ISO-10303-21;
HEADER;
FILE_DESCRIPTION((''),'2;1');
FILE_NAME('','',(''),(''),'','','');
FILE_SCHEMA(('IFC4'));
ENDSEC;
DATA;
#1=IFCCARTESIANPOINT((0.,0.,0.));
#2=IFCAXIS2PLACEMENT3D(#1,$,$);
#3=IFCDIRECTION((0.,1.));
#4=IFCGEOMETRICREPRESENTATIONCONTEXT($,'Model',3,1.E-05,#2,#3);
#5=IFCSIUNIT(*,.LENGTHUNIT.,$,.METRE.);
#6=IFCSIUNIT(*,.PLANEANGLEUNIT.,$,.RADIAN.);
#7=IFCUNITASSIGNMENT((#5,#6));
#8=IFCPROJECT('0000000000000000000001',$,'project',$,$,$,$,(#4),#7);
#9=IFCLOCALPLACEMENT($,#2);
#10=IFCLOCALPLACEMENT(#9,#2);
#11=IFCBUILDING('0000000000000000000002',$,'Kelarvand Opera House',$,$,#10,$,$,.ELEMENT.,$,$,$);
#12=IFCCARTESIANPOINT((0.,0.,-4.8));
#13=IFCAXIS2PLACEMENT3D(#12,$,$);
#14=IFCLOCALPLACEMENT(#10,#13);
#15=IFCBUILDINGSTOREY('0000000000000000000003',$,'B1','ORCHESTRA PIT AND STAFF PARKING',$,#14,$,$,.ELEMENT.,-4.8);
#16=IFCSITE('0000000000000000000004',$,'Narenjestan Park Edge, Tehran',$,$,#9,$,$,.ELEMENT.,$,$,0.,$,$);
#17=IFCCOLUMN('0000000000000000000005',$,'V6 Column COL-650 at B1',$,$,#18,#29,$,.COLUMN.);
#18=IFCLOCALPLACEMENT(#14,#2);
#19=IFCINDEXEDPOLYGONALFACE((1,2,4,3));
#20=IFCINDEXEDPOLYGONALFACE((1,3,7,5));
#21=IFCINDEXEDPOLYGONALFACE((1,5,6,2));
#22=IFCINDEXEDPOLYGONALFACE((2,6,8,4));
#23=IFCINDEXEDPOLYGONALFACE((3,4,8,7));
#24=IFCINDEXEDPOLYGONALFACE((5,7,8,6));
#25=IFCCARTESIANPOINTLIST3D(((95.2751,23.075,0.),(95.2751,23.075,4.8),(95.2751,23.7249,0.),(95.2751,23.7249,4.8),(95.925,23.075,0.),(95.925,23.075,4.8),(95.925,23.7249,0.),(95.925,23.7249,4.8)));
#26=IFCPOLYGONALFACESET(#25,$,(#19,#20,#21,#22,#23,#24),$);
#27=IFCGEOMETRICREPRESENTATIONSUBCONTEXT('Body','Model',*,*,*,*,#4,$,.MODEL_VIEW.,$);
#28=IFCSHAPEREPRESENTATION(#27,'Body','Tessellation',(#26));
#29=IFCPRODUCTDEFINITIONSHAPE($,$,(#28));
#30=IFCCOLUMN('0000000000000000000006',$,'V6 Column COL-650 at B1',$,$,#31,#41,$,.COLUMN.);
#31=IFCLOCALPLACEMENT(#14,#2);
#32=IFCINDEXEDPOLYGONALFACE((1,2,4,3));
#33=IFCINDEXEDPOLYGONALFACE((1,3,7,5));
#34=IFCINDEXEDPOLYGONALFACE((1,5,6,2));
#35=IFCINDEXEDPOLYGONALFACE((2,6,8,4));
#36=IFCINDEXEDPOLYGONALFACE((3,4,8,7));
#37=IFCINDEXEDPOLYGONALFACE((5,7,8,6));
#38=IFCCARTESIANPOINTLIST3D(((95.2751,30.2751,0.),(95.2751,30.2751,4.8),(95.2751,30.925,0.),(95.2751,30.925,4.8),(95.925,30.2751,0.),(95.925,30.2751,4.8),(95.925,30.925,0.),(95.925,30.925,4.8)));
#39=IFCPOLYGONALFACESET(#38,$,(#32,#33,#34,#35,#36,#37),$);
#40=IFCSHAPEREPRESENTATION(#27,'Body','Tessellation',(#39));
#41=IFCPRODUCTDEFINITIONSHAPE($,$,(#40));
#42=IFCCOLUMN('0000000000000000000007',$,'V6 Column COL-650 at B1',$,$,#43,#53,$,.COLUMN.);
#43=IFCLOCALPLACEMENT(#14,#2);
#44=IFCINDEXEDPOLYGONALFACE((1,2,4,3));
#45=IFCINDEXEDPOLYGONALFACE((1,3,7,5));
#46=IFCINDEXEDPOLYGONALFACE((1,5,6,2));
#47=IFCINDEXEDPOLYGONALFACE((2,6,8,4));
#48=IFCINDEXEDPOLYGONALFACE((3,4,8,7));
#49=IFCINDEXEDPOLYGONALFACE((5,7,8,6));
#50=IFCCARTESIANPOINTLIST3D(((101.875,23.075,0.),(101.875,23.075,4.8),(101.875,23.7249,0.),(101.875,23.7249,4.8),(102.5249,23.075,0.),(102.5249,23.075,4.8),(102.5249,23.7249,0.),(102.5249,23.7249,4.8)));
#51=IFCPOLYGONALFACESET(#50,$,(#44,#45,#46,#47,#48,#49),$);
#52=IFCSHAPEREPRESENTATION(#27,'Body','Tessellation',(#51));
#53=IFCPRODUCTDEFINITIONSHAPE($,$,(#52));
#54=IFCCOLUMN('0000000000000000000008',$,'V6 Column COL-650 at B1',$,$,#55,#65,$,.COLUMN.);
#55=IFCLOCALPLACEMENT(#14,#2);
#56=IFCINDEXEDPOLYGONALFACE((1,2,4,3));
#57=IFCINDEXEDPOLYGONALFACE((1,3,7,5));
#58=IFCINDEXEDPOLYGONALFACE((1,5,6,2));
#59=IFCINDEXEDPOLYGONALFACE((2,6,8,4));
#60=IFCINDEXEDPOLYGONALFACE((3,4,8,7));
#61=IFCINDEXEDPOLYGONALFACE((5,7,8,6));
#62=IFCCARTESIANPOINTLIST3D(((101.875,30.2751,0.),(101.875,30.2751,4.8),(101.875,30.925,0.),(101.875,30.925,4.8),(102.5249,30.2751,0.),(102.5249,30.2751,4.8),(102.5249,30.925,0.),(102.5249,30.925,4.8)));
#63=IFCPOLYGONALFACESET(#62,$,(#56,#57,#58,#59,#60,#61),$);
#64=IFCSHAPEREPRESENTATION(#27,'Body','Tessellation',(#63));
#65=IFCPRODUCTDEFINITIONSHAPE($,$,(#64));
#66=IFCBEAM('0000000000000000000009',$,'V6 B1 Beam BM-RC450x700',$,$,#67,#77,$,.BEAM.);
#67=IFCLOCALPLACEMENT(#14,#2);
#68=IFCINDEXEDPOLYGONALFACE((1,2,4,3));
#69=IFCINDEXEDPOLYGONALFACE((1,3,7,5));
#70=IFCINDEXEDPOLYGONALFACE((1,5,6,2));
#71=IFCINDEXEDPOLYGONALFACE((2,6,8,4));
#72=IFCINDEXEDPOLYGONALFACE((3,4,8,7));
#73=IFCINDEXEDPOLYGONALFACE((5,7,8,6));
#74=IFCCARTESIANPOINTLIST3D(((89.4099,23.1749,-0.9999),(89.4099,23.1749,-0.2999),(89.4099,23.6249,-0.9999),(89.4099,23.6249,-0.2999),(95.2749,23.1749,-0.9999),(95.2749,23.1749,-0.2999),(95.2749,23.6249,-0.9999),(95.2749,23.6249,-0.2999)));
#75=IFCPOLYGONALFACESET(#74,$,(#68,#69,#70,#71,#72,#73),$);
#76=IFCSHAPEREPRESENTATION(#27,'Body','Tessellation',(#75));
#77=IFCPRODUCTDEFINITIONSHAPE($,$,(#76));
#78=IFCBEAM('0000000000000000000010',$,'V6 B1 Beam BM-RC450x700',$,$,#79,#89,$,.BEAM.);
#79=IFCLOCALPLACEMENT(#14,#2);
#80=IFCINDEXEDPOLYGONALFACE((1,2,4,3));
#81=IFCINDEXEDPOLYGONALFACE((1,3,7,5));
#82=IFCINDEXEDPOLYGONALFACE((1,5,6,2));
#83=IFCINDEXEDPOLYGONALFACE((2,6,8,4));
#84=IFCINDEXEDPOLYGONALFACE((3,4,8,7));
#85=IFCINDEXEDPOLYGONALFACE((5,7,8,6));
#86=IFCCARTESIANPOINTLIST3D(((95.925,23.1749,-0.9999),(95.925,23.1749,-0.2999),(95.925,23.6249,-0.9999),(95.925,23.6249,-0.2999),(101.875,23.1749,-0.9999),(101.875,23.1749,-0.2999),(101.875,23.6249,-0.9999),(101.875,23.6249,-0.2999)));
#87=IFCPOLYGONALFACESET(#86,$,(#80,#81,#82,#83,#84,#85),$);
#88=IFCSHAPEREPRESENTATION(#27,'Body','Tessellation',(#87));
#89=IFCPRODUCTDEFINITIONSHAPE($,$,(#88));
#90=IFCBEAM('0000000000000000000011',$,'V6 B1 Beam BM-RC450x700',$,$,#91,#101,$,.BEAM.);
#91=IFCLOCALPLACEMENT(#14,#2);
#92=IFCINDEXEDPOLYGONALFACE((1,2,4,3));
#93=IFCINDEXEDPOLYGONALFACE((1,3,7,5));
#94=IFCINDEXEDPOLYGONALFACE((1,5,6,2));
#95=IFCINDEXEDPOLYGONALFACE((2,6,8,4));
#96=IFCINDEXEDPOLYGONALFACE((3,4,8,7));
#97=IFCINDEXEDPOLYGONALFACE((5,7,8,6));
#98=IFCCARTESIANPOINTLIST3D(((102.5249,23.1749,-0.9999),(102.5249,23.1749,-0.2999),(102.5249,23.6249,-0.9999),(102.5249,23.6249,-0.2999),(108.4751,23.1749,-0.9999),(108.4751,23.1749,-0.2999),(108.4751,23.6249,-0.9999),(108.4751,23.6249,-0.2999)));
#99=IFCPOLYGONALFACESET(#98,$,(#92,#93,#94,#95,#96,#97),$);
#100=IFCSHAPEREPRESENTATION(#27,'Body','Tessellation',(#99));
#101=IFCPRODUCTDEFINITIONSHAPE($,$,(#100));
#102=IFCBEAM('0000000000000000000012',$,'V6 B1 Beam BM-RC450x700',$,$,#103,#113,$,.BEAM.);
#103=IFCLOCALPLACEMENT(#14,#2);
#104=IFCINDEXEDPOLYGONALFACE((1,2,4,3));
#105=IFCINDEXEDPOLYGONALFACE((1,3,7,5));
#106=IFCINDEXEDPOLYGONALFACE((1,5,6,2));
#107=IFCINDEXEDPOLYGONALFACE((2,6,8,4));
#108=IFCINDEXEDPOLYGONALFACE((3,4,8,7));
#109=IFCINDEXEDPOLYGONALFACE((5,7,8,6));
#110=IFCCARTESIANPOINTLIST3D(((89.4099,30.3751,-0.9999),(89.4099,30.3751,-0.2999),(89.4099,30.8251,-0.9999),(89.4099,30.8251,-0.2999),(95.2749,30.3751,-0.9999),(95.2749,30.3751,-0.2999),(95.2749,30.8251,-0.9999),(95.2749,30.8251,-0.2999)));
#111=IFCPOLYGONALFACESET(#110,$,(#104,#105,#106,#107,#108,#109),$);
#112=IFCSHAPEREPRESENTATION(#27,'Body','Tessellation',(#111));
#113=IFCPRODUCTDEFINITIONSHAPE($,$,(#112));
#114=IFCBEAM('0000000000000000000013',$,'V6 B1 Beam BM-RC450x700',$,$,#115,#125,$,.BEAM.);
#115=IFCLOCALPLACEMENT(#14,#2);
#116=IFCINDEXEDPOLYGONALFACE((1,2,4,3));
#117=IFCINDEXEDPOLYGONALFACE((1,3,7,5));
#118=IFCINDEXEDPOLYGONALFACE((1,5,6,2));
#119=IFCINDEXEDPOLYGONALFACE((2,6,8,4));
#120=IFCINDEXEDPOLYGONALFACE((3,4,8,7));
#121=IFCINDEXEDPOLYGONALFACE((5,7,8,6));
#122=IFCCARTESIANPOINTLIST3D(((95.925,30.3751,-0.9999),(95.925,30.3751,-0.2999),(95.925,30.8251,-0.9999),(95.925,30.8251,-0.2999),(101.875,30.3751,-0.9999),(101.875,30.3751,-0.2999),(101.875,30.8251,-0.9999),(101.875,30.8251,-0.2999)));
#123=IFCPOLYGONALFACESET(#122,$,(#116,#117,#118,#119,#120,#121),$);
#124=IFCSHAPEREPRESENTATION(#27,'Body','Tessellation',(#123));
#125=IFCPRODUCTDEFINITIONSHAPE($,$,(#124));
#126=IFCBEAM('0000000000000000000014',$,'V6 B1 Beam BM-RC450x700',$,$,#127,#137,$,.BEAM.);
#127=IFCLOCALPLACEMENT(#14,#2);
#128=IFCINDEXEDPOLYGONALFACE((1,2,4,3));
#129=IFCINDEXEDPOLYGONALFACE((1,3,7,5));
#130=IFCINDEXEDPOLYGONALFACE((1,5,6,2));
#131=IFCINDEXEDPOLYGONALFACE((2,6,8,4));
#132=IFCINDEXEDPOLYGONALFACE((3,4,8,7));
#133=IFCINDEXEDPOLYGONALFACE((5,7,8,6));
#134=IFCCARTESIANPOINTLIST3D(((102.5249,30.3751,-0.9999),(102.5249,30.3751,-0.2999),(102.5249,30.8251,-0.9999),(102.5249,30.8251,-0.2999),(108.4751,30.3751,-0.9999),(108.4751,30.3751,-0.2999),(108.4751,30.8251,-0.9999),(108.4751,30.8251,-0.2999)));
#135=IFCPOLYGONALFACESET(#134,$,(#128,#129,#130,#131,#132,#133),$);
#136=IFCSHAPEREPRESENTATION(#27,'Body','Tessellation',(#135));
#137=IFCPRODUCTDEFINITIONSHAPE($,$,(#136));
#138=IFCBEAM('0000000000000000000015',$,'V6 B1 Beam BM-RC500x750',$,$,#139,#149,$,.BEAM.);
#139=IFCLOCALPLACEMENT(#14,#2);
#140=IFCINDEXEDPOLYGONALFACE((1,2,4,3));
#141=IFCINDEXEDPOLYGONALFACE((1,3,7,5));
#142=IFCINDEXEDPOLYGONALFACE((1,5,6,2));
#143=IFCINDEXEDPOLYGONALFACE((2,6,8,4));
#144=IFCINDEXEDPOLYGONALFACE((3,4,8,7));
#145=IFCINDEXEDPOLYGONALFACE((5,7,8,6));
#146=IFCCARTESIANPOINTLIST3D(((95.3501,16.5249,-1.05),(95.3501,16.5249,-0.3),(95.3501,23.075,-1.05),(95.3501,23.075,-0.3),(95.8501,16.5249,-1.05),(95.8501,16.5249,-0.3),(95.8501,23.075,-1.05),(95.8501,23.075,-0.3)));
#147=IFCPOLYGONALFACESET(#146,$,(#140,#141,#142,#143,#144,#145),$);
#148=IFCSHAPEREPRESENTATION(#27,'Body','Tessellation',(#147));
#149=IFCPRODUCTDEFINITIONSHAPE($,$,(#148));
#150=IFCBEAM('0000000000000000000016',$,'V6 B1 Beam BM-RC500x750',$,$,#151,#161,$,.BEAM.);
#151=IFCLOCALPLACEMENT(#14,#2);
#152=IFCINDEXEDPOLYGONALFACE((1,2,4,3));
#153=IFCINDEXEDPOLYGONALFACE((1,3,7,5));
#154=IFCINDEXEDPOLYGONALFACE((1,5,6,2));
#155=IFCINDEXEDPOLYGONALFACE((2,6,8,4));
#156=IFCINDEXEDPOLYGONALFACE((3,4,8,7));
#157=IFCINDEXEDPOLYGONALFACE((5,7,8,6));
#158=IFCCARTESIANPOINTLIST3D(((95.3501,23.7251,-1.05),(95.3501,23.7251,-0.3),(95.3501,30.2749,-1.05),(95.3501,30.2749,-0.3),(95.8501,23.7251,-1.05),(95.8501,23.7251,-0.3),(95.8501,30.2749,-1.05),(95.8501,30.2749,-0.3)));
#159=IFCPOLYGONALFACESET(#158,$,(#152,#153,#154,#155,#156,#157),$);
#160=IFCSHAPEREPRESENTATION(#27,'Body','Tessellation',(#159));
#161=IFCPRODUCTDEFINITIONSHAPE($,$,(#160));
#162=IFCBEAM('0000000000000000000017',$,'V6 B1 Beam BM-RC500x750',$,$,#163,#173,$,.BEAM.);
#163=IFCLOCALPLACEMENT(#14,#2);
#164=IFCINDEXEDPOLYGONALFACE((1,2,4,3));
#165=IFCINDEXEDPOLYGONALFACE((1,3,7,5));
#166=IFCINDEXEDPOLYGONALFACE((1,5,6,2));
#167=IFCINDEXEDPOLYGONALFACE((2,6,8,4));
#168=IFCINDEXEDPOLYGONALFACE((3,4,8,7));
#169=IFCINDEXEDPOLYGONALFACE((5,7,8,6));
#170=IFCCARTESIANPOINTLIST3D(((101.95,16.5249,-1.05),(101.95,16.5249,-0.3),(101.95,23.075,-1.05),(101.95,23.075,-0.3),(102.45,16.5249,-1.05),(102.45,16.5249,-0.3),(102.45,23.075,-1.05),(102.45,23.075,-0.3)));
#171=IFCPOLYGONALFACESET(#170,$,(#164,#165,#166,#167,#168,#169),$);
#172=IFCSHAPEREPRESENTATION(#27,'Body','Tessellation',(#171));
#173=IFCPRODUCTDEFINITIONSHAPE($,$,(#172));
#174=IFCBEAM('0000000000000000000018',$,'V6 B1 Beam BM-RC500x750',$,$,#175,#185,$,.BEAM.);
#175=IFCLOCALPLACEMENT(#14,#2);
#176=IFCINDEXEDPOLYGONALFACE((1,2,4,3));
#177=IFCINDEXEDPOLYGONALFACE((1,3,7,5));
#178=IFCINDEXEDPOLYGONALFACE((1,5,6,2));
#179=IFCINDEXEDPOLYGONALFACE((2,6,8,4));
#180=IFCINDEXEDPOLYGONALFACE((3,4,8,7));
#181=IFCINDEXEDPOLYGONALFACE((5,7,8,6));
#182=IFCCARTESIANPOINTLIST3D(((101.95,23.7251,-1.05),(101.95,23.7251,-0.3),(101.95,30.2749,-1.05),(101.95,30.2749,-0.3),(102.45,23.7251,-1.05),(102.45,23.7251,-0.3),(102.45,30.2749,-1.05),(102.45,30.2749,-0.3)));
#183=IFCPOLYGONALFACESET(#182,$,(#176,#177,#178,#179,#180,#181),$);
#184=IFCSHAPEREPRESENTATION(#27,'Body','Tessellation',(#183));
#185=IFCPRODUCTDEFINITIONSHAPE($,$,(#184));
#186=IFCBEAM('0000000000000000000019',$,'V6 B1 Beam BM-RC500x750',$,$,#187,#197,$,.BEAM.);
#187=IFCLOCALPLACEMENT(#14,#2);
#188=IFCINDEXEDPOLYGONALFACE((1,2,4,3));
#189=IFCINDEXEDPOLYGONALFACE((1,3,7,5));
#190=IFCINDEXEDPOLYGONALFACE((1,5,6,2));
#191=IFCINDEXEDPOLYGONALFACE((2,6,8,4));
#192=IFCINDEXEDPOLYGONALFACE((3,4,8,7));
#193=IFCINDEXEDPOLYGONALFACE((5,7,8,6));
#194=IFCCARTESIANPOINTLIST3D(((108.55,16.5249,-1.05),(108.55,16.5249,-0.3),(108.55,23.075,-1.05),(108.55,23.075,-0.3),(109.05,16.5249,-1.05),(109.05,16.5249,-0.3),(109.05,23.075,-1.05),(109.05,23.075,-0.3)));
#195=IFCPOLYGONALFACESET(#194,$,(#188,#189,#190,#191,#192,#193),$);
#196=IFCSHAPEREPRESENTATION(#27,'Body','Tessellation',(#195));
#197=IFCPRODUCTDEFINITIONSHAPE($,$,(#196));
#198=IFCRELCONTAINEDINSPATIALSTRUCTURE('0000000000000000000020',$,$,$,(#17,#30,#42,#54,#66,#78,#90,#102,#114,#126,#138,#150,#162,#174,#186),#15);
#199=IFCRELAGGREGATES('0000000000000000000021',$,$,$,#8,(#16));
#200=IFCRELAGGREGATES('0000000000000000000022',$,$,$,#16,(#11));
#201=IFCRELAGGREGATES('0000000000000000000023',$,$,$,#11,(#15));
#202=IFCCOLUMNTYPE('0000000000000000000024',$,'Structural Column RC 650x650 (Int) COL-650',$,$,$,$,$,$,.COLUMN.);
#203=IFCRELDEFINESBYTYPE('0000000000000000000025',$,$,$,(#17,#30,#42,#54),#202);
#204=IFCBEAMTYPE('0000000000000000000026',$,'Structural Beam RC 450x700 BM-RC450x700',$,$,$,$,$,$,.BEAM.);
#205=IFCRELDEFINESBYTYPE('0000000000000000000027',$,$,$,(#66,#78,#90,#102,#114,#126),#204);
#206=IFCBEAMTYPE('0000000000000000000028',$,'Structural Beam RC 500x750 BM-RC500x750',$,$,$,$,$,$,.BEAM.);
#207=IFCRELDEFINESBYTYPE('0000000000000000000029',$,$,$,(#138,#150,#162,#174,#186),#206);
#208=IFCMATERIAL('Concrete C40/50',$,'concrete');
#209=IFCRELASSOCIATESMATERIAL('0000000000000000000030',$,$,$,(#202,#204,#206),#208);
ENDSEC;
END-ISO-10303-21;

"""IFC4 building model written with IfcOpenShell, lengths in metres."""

from ifc_helpers import new_model, si_unit, direction, frame, origin, origin_2d, place, context, subcontext, project, spatial, rectangle, extrude, material, material_profile, profile_set, type_object, element, save


model = new_model("IFC4")

# Units and contexts
model_context = context("Model", 3, precision=1e-05, world=origin(), true_north=direction((0.0, 1.0)))
body_context = subcontext(model_context, "Body", "Model", "MODEL_VIEW")
ifc_project = project(units=[si_unit("LENGTHUNIT", "METRE"), si_unit("PLANEANGLEUNIT", "RADIAN")], contexts=[model_context])

# Site, building, storey
site_placement = place(None, origin())
site = spatial("IfcSite", under=ifc_project, at=site_placement, Name="Narenjestan Park Edge, Tehran", CompositionType="ELEMENT", RefElevation=0.0)
building_placement = place(site_placement, origin())
building = spatial("IfcBuilding", under=site, at=building_placement, Name="Kelarvand Opera House", CompositionType="ELEMENT")
storey_placement = place(building_placement, frame((0.0, 0.0, -4.8)))
storey = spatial("IfcBuildingStorey", under=building, at=storey_placement, Name="B1", Description="ORCHESTRA PIT AND STAFF PARKING", CompositionType="ELEMENT", Elevation=-4.8)

# Columns
ifc_material_1 = material(Name="Concrete C40/50", Category="concrete")
ifc_material_profile_1 = material_profile(ifc_material_1, rectangle(XDim=0.6499, YDim=0.6499, at=origin_2d()), Name="RC 650x650", Category="concrete")
ifc_profile_set_1 = profile_set([ifc_material_profile_1], Name="Concrete C40/50")
column_type = type_object("IfcColumnType", Name="Structural Column RC 650x650 (Int) COL-650", PredefinedType="COLUMN", material=ifc_profile_set_1)
for number, where, z_axis, x_axis, name in (
    (1, (95.6001, 23.3999, 0.0), (0.0, 0.0, 1.0), (1.0, 0.0, 0.0), "V6 Column COL-650 at B1"),
    (2, (95.6001, 30.6001, 0.0), (0.0, 0.0, 1.0), (1.0, 0.0, 0.0), "V6 Column COL-650 at B1"),
    (3, (102.2, 23.3999, 0.0), (0.0, 0.0, 1.0), (1.0, 0.0, 0.0), "V6 Column COL-650 at B1"),
    (4, (102.2, 30.6001, 0.0), (0.0, 0.0, 1.0), (1.0, 0.0, 0.0), "V6 Column COL-650 at B1"),
):
    element("IfcColumn", number, at=place(storey_placement, frame(where, z_axis=z_axis, x_axis=x_axis)), inside=storey, type_object=column_type, Name=name, PredefinedType="COLUMN", context=body_context, shape_type="SweptSolid", body=[
        extrude(rectangle(XDim=0.6499, YDim=0.6499, at=origin_2d()), origin(), (0.0, 0.0, 1.0), 4.8),
    ])

# Beams
ifc_material_profile_2 = material_profile(ifc_material_1, rectangle(XDim=0.45, YDim=0.7, at=origin_2d()), Name="RC 450x700", Category="concrete")
ifc_profile_set_2 = profile_set([ifc_material_profile_2], Name="Concrete C40/50")
beam_type_1 = type_object("IfcBeamType", Name="Structural Beam RC 450x700 BM-RC450x700", PredefinedType="BEAM", material=ifc_profile_set_2)
beam_1_placement = place(storey_placement, frame((89.4099, 23.3999, -0.6499), z_axis=(1.0, 0.0, 0.0), x_axis=(0.0, 1.0, 0.0)))
element("IfcBeam", 5, at=beam_1_placement, inside=storey, type_object=beam_type_1, Name="V6 B1 Beam BM-RC450x700", PredefinedType="BEAM", context=body_context, shape_type="SweptSolid", body=[
    extrude(rectangle(XDim=0.45, YDim=0.7, at=origin_2d()), origin(), (0.0, 0.0, 1.0), 5.865),
])
beam_2_placement = place(storey_placement, frame((95.925, 23.3999, -0.6499), z_axis=(1.0, 0.0, 0.0), x_axis=(0.0, 1.0, 0.0)))
element("IfcBeam", 6, at=beam_2_placement, inside=storey, type_object=beam_type_1, Name="V6 B1 Beam BM-RC450x700", PredefinedType="BEAM", context=body_context, shape_type="SweptSolid", body=[
    extrude(rectangle(XDim=0.45, YDim=0.7, at=origin_2d()), origin(), (0.0, 0.0, 1.0), 5.95),
])
beam_3_placement = place(storey_placement, frame((102.5249, 23.3999, -0.6499), z_axis=(1.0, 0.0, 0.0), x_axis=(0.0, 1.0, 0.0)))
element("IfcBeam", 7, at=beam_3_placement, inside=storey, type_object=beam_type_1, Name="V6 B1 Beam BM-RC450x700", PredefinedType="BEAM", context=body_context, shape_type="SweptSolid", body=[
    extrude(rectangle(XDim=0.45, YDim=0.7, at=origin_2d()), origin(), (0.0, 0.0, 1.0), 5.9502),
])
beam_4_placement = place(storey_placement, frame((89.4099, 30.6001, -0.6499), z_axis=(1.0, 0.0, 0.0), x_axis=(0.0, 1.0, 0.0)))
element("IfcBeam", 8, at=beam_4_placement, inside=storey, type_object=beam_type_1, Name="V6 B1 Beam BM-RC450x700", PredefinedType="BEAM", context=body_context, shape_type="SweptSolid", body=[
    extrude(rectangle(XDim=0.45, YDim=0.7, at=origin_2d()), origin(), (0.0, 0.0, 1.0), 5.865),
])
beam_5_placement = place(storey_placement, frame((95.925, 30.6001, -0.6499), z_axis=(1.0, 0.0, 0.0), x_axis=(0.0, 1.0, 0.0)))
element("IfcBeam", 9, at=beam_5_placement, inside=storey, type_object=beam_type_1, Name="V6 B1 Beam BM-RC450x700", PredefinedType="BEAM", context=body_context, shape_type="SweptSolid", body=[
    extrude(rectangle(XDim=0.45, YDim=0.7, at=origin_2d()), origin(), (0.0, 0.0, 1.0), 5.95),
])
beam_6_placement = place(storey_placement, frame((102.5249, 30.6001, -0.6499), z_axis=(1.0, 0.0, 0.0), x_axis=(0.0, 1.0, 0.0)))
element("IfcBeam", 10, at=beam_6_placement, inside=storey, type_object=beam_type_1, Name="V6 B1 Beam BM-RC450x700", PredefinedType="BEAM", context=body_context, shape_type="SweptSolid", body=[
    extrude(rectangle(XDim=0.45, YDim=0.7, at=origin_2d()), origin(), (0.0, 0.0, 1.0), 5.9502),
])
ifc_material_profile_3 = material_profile(ifc_material_1, rectangle(XDim=0.5, YDim=0.75, at=origin_2d()), Name="RC 500x750", Category="concrete")
ifc_profile_set_3 = profile_set([ifc_material_profile_3], Name="Concrete C40/50")
beam_type_2 = type_object("IfcBeamType", Name="Structural Beam RC 500x750 BM-RC500x750", PredefinedType="BEAM", material=ifc_profile_set_3)
beam_7_placement = place(storey_placement, frame((95.6001, 16.5249, -0.675), z_axis=(0.0, 1.0, 0.0), x_axis=(-1.0, 0.0, 0.0)))
element("IfcBeam", 11, at=beam_7_placement, inside=storey, type_object=beam_type_2, Name="V6 B1 Beam BM-RC500x750", PredefinedType="BEAM", context=body_context, shape_type="SweptSolid", body=[
    extrude(rectangle(XDim=0.5, YDim=0.75, at=origin_2d()), origin(), (0.0, 0.0, 1.0), 6.55),
])
beam_8_placement = place(storey_placement, frame((95.6001, 23.7251, -0.675), z_axis=(0.0, 1.0, 0.0), x_axis=(-1.0, 0.0, 0.0)))
element("IfcBeam", 12, at=beam_8_placement, inside=storey, type_object=beam_type_2, Name="V6 B1 Beam BM-RC500x750", PredefinedType="BEAM", context=body_context, shape_type="SweptSolid", body=[
    extrude(rectangle(XDim=0.5, YDim=0.75, at=origin_2d()), origin(), (0.0, 0.0, 1.0), 6.5498),
])
beam_9_placement = place(storey_placement, frame((102.2, 16.5249, -0.675), z_axis=(0.0, 1.0, 0.0), x_axis=(-1.0, 0.0, 0.0)))
element("IfcBeam", 13, at=beam_9_placement, inside=storey, type_object=beam_type_2, Name="V6 B1 Beam BM-RC500x750", PredefinedType="BEAM", context=body_context, shape_type="SweptSolid", body=[
    extrude(rectangle(XDim=0.5, YDim=0.75, at=origin_2d()), origin(), (0.0, 0.0, 1.0), 6.55),
])
beam_10_placement = place(storey_placement, frame((102.2, 23.7251, -0.675), z_axis=(0.0, 1.0, 0.0), x_axis=(-1.0, 0.0, 0.0)))
element("IfcBeam", 14, at=beam_10_placement, inside=storey, type_object=beam_type_2, Name="V6 B1 Beam BM-RC500x750", PredefinedType="BEAM", context=body_context, shape_type="SweptSolid", body=[
    extrude(rectangle(XDim=0.5, YDim=0.75, at=origin_2d()), origin(), (0.0, 0.0, 1.0), 6.5498),
])
beam_11_placement = place(storey_placement, frame((108.8, 16.5249, -0.675), z_axis=(0.0, 1.0, 0.0), x_axis=(-1.0, 0.0, 0.0)))
element("IfcBeam", 15, at=beam_11_placement, inside=storey, type_object=beam_type_2, Name="V6 B1 Beam BM-RC500x750", PredefinedType="BEAM", context=body_context, shape_type="SweptSolid", body=[
    extrude(rectangle(XDim=0.5, YDim=0.75, at=origin_2d()), origin(), (0.0, 0.0, 1.0), 6.55),
])

save(model, "model.ifc")
